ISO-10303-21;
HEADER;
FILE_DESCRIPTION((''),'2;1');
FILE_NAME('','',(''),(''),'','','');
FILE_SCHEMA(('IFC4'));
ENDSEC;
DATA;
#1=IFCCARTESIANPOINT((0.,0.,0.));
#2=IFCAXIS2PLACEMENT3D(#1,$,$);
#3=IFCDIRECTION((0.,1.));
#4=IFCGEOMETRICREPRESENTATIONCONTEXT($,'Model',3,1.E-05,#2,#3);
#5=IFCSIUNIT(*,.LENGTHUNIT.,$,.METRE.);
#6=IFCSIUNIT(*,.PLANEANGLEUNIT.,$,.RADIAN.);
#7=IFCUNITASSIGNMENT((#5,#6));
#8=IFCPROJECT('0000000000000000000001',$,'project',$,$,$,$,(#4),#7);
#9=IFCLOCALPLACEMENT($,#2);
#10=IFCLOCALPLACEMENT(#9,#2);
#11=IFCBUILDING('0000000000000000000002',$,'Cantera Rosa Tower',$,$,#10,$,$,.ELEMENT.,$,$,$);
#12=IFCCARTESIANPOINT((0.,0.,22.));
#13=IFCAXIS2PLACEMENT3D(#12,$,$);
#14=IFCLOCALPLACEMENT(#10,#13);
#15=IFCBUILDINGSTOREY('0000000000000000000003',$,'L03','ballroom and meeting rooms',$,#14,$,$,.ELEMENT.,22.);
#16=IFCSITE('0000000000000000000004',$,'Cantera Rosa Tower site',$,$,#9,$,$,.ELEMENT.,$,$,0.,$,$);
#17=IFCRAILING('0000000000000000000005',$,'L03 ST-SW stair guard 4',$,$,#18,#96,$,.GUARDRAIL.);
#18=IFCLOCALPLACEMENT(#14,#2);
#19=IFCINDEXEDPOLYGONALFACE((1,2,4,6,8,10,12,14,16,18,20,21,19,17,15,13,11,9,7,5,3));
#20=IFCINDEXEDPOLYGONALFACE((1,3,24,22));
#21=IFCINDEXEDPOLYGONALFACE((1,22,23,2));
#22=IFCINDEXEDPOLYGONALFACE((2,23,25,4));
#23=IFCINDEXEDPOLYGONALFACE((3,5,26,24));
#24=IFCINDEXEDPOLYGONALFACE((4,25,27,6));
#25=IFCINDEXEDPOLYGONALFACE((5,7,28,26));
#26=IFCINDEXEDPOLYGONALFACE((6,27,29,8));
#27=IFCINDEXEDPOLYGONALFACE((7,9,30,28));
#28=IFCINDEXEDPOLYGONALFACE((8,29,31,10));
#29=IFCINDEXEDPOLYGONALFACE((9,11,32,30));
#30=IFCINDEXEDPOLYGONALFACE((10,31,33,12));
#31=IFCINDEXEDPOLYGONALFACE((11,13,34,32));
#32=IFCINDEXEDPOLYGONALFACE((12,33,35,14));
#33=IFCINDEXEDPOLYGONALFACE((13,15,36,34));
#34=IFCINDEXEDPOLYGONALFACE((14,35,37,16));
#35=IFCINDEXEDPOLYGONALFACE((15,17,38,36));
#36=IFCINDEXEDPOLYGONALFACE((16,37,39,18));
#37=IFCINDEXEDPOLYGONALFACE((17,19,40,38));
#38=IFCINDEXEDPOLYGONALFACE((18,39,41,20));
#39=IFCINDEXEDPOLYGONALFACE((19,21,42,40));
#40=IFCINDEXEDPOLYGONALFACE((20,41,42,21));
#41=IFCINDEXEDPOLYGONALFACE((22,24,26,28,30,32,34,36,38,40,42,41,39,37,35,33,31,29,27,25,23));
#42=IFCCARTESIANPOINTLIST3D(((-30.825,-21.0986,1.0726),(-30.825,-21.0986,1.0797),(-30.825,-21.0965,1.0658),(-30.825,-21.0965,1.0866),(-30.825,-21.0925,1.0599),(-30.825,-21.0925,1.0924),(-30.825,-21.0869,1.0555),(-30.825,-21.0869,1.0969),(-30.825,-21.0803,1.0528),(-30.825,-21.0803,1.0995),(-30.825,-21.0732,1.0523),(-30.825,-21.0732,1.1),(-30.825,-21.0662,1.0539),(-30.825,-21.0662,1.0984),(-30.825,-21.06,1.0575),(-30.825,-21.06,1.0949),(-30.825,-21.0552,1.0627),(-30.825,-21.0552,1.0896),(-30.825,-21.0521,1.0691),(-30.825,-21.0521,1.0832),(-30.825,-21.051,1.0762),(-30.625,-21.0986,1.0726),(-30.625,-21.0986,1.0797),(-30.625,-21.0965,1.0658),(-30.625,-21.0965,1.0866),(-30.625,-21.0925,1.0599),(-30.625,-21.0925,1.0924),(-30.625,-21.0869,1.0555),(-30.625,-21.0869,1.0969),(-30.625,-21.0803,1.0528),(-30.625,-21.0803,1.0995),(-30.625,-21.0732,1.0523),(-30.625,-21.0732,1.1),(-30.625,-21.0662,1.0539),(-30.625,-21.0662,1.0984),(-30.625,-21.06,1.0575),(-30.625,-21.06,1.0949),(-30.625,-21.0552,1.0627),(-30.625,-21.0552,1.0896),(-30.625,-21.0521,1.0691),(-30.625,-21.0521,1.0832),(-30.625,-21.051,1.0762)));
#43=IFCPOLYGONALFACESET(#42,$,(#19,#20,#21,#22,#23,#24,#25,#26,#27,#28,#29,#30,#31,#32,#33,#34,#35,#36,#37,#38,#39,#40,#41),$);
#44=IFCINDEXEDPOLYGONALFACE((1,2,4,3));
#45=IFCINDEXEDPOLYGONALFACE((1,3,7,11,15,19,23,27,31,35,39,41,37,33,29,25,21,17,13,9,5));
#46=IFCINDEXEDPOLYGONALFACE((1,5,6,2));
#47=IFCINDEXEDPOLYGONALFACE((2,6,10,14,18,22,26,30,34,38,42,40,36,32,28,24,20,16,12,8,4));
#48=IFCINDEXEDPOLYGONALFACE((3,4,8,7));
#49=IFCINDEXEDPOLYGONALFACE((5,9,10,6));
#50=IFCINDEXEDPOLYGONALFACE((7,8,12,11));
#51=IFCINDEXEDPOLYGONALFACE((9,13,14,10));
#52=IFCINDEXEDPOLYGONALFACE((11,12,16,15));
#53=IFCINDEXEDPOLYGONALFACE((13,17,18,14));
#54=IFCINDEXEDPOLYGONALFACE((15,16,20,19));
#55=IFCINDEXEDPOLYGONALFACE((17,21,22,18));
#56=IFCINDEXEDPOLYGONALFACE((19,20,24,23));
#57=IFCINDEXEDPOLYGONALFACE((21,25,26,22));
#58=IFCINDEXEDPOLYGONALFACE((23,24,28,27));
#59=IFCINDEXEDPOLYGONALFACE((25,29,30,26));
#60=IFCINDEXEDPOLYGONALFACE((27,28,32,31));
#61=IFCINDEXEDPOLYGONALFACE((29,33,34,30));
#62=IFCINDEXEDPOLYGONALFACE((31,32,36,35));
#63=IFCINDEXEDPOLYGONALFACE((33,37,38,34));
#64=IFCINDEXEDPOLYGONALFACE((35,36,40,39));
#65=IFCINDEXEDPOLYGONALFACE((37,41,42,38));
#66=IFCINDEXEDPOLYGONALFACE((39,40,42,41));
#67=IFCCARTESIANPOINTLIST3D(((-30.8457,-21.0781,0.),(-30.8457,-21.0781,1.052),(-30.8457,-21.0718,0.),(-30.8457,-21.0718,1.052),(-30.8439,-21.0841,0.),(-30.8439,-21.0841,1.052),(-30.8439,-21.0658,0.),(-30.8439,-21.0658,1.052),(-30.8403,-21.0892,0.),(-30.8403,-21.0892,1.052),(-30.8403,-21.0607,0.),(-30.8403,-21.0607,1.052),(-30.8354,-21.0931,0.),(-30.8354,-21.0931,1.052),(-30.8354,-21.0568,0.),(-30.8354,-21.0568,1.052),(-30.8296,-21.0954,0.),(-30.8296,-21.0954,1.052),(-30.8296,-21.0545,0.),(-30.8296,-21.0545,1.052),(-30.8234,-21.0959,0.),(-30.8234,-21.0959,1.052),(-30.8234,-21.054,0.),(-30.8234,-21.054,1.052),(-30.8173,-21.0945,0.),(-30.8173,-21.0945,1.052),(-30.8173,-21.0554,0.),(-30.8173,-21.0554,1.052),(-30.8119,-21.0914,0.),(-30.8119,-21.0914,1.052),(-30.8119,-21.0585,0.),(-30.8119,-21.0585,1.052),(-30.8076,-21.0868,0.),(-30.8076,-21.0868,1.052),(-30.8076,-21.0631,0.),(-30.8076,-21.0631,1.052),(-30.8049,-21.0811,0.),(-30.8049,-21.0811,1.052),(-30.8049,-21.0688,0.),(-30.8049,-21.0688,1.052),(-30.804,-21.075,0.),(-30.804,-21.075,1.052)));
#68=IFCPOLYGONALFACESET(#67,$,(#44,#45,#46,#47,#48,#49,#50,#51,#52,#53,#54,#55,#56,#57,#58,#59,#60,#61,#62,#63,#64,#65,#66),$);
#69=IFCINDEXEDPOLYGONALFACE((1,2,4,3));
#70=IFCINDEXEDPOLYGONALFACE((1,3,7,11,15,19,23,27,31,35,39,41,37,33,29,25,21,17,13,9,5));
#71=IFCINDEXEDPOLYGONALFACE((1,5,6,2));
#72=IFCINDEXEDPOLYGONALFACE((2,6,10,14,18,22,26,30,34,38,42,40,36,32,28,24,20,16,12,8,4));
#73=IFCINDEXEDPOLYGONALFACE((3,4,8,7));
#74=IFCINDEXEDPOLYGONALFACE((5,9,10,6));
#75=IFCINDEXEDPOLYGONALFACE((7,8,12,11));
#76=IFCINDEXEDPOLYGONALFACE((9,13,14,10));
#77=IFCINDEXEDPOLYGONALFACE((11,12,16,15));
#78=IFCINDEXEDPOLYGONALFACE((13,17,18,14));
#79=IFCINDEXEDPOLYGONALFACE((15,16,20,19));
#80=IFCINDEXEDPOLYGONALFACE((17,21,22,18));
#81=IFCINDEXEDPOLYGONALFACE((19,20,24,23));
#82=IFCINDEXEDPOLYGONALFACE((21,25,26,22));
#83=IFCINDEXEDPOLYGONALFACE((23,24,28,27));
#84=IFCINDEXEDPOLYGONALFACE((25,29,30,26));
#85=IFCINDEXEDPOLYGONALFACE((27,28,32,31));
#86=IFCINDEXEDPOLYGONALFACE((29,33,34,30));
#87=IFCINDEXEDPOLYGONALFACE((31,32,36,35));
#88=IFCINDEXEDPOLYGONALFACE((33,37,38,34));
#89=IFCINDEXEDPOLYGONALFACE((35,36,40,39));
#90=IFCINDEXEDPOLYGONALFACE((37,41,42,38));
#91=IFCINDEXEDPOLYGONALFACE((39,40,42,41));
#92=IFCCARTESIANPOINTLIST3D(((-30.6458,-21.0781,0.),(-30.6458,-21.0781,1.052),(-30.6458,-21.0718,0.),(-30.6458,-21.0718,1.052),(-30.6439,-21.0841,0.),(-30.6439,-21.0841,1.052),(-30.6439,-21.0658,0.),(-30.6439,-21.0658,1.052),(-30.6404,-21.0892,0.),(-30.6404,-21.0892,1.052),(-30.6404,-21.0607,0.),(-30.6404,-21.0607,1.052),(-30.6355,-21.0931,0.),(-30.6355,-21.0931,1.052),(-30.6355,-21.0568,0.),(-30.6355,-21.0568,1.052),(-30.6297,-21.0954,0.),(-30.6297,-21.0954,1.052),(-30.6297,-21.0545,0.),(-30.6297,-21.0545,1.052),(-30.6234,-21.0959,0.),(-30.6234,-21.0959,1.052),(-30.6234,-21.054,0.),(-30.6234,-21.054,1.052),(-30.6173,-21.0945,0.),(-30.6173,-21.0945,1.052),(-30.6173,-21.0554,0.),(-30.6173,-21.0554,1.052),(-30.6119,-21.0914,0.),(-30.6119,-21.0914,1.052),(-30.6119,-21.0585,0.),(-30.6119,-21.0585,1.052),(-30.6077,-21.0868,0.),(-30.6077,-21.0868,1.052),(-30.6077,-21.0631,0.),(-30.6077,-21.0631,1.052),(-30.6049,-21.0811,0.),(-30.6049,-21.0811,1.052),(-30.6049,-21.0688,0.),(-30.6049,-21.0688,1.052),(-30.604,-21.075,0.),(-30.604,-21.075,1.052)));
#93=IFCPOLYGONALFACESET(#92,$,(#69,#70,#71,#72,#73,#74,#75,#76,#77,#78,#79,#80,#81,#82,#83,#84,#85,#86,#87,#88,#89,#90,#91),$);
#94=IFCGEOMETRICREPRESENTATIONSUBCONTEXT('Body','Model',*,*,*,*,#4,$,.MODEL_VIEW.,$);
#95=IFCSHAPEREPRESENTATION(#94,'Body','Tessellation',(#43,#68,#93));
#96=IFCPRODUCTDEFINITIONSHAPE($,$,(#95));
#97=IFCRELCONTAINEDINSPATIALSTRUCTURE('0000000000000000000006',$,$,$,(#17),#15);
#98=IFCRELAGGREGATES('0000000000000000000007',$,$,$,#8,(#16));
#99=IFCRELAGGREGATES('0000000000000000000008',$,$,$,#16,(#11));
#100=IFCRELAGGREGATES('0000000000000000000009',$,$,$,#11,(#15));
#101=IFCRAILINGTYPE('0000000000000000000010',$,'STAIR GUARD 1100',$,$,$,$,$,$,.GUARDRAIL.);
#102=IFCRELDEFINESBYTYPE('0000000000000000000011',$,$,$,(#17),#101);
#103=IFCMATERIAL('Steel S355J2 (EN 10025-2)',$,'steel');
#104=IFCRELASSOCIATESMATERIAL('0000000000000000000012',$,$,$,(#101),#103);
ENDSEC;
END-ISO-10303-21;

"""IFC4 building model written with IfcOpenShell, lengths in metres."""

from ifc_helpers import new_model, si_unit, direction, frame, origin, origin_2d, place, context, subcontext, project, spatial, circle, extrude, material, type_object, element, save


model = new_model("IFC4")

# Units and contexts
model_context = context("Model", 3, precision=1e-05, world=origin(), true_north=direction((0.0, 1.0)))
body_context = subcontext(model_context, "Body", "Model", "MODEL_VIEW")
ifc_project = project(units=[si_unit("LENGTHUNIT", "METRE"), si_unit("PLANEANGLEUNIT", "RADIAN")], contexts=[model_context])

# Site, building, storey
site_placement = place(None, origin())
site = spatial("IfcSite", under=ifc_project, at=site_placement, Name="Cantera Rosa Tower site", CompositionType="ELEMENT", RefElevation=0.0)
building_placement = place(site_placement, origin())
building = spatial("IfcBuilding", under=site, at=building_placement, Name="Cantera Rosa Tower", CompositionType="ELEMENT")
storey_placement = place(building_placement, frame((0.0, 0.0, 22.0)))
storey = spatial("IfcBuildingStorey", under=building, at=storey_placement, Name="L03", Description="ballroom and meeting rooms", CompositionType="ELEMENT", Elevation=22.0)

# Railing
ifc_material_1 = material(Name="Steel S355J2 (EN 10025-2)", Category="steel")
railing_type_1 = type_object("IfcRailingType", Name="STAIR GUARD 1100", PredefinedType="GUARDRAIL", material=ifc_material_1)
railing_1_placement = place(storey_placement, frame((-30.825, -21.075, 0.0)))
element("IfcRailing", 1, at=railing_1_placement, inside=storey, type_object=railing_type_1, Name="L03 ST-SW stair guard 4", PredefinedType="GUARDRAIL", context=body_context, shape_type="SweptSolid", body=[
    extrude(circle(Radius=0.0239, at=origin_2d()), frame((0.0, 0.0, 1.0762), z_axis=(1.0, 0.0, 0.0), x_axis=(0.0, 1.0, 0.0)), (0.0, 0.0, 1.0), 0.2),
    extrude(circle(Radius=0.021, at=origin_2d()), origin(), (0.0, 0.0, 1.0), 1.052),
    extrude(circle(Radius=0.021, at=origin_2d()), frame((0.2, 0.0, 0.0)), (0.0, 0.0, 1.0), 1.052),
])

save(model, "model.ifc")
